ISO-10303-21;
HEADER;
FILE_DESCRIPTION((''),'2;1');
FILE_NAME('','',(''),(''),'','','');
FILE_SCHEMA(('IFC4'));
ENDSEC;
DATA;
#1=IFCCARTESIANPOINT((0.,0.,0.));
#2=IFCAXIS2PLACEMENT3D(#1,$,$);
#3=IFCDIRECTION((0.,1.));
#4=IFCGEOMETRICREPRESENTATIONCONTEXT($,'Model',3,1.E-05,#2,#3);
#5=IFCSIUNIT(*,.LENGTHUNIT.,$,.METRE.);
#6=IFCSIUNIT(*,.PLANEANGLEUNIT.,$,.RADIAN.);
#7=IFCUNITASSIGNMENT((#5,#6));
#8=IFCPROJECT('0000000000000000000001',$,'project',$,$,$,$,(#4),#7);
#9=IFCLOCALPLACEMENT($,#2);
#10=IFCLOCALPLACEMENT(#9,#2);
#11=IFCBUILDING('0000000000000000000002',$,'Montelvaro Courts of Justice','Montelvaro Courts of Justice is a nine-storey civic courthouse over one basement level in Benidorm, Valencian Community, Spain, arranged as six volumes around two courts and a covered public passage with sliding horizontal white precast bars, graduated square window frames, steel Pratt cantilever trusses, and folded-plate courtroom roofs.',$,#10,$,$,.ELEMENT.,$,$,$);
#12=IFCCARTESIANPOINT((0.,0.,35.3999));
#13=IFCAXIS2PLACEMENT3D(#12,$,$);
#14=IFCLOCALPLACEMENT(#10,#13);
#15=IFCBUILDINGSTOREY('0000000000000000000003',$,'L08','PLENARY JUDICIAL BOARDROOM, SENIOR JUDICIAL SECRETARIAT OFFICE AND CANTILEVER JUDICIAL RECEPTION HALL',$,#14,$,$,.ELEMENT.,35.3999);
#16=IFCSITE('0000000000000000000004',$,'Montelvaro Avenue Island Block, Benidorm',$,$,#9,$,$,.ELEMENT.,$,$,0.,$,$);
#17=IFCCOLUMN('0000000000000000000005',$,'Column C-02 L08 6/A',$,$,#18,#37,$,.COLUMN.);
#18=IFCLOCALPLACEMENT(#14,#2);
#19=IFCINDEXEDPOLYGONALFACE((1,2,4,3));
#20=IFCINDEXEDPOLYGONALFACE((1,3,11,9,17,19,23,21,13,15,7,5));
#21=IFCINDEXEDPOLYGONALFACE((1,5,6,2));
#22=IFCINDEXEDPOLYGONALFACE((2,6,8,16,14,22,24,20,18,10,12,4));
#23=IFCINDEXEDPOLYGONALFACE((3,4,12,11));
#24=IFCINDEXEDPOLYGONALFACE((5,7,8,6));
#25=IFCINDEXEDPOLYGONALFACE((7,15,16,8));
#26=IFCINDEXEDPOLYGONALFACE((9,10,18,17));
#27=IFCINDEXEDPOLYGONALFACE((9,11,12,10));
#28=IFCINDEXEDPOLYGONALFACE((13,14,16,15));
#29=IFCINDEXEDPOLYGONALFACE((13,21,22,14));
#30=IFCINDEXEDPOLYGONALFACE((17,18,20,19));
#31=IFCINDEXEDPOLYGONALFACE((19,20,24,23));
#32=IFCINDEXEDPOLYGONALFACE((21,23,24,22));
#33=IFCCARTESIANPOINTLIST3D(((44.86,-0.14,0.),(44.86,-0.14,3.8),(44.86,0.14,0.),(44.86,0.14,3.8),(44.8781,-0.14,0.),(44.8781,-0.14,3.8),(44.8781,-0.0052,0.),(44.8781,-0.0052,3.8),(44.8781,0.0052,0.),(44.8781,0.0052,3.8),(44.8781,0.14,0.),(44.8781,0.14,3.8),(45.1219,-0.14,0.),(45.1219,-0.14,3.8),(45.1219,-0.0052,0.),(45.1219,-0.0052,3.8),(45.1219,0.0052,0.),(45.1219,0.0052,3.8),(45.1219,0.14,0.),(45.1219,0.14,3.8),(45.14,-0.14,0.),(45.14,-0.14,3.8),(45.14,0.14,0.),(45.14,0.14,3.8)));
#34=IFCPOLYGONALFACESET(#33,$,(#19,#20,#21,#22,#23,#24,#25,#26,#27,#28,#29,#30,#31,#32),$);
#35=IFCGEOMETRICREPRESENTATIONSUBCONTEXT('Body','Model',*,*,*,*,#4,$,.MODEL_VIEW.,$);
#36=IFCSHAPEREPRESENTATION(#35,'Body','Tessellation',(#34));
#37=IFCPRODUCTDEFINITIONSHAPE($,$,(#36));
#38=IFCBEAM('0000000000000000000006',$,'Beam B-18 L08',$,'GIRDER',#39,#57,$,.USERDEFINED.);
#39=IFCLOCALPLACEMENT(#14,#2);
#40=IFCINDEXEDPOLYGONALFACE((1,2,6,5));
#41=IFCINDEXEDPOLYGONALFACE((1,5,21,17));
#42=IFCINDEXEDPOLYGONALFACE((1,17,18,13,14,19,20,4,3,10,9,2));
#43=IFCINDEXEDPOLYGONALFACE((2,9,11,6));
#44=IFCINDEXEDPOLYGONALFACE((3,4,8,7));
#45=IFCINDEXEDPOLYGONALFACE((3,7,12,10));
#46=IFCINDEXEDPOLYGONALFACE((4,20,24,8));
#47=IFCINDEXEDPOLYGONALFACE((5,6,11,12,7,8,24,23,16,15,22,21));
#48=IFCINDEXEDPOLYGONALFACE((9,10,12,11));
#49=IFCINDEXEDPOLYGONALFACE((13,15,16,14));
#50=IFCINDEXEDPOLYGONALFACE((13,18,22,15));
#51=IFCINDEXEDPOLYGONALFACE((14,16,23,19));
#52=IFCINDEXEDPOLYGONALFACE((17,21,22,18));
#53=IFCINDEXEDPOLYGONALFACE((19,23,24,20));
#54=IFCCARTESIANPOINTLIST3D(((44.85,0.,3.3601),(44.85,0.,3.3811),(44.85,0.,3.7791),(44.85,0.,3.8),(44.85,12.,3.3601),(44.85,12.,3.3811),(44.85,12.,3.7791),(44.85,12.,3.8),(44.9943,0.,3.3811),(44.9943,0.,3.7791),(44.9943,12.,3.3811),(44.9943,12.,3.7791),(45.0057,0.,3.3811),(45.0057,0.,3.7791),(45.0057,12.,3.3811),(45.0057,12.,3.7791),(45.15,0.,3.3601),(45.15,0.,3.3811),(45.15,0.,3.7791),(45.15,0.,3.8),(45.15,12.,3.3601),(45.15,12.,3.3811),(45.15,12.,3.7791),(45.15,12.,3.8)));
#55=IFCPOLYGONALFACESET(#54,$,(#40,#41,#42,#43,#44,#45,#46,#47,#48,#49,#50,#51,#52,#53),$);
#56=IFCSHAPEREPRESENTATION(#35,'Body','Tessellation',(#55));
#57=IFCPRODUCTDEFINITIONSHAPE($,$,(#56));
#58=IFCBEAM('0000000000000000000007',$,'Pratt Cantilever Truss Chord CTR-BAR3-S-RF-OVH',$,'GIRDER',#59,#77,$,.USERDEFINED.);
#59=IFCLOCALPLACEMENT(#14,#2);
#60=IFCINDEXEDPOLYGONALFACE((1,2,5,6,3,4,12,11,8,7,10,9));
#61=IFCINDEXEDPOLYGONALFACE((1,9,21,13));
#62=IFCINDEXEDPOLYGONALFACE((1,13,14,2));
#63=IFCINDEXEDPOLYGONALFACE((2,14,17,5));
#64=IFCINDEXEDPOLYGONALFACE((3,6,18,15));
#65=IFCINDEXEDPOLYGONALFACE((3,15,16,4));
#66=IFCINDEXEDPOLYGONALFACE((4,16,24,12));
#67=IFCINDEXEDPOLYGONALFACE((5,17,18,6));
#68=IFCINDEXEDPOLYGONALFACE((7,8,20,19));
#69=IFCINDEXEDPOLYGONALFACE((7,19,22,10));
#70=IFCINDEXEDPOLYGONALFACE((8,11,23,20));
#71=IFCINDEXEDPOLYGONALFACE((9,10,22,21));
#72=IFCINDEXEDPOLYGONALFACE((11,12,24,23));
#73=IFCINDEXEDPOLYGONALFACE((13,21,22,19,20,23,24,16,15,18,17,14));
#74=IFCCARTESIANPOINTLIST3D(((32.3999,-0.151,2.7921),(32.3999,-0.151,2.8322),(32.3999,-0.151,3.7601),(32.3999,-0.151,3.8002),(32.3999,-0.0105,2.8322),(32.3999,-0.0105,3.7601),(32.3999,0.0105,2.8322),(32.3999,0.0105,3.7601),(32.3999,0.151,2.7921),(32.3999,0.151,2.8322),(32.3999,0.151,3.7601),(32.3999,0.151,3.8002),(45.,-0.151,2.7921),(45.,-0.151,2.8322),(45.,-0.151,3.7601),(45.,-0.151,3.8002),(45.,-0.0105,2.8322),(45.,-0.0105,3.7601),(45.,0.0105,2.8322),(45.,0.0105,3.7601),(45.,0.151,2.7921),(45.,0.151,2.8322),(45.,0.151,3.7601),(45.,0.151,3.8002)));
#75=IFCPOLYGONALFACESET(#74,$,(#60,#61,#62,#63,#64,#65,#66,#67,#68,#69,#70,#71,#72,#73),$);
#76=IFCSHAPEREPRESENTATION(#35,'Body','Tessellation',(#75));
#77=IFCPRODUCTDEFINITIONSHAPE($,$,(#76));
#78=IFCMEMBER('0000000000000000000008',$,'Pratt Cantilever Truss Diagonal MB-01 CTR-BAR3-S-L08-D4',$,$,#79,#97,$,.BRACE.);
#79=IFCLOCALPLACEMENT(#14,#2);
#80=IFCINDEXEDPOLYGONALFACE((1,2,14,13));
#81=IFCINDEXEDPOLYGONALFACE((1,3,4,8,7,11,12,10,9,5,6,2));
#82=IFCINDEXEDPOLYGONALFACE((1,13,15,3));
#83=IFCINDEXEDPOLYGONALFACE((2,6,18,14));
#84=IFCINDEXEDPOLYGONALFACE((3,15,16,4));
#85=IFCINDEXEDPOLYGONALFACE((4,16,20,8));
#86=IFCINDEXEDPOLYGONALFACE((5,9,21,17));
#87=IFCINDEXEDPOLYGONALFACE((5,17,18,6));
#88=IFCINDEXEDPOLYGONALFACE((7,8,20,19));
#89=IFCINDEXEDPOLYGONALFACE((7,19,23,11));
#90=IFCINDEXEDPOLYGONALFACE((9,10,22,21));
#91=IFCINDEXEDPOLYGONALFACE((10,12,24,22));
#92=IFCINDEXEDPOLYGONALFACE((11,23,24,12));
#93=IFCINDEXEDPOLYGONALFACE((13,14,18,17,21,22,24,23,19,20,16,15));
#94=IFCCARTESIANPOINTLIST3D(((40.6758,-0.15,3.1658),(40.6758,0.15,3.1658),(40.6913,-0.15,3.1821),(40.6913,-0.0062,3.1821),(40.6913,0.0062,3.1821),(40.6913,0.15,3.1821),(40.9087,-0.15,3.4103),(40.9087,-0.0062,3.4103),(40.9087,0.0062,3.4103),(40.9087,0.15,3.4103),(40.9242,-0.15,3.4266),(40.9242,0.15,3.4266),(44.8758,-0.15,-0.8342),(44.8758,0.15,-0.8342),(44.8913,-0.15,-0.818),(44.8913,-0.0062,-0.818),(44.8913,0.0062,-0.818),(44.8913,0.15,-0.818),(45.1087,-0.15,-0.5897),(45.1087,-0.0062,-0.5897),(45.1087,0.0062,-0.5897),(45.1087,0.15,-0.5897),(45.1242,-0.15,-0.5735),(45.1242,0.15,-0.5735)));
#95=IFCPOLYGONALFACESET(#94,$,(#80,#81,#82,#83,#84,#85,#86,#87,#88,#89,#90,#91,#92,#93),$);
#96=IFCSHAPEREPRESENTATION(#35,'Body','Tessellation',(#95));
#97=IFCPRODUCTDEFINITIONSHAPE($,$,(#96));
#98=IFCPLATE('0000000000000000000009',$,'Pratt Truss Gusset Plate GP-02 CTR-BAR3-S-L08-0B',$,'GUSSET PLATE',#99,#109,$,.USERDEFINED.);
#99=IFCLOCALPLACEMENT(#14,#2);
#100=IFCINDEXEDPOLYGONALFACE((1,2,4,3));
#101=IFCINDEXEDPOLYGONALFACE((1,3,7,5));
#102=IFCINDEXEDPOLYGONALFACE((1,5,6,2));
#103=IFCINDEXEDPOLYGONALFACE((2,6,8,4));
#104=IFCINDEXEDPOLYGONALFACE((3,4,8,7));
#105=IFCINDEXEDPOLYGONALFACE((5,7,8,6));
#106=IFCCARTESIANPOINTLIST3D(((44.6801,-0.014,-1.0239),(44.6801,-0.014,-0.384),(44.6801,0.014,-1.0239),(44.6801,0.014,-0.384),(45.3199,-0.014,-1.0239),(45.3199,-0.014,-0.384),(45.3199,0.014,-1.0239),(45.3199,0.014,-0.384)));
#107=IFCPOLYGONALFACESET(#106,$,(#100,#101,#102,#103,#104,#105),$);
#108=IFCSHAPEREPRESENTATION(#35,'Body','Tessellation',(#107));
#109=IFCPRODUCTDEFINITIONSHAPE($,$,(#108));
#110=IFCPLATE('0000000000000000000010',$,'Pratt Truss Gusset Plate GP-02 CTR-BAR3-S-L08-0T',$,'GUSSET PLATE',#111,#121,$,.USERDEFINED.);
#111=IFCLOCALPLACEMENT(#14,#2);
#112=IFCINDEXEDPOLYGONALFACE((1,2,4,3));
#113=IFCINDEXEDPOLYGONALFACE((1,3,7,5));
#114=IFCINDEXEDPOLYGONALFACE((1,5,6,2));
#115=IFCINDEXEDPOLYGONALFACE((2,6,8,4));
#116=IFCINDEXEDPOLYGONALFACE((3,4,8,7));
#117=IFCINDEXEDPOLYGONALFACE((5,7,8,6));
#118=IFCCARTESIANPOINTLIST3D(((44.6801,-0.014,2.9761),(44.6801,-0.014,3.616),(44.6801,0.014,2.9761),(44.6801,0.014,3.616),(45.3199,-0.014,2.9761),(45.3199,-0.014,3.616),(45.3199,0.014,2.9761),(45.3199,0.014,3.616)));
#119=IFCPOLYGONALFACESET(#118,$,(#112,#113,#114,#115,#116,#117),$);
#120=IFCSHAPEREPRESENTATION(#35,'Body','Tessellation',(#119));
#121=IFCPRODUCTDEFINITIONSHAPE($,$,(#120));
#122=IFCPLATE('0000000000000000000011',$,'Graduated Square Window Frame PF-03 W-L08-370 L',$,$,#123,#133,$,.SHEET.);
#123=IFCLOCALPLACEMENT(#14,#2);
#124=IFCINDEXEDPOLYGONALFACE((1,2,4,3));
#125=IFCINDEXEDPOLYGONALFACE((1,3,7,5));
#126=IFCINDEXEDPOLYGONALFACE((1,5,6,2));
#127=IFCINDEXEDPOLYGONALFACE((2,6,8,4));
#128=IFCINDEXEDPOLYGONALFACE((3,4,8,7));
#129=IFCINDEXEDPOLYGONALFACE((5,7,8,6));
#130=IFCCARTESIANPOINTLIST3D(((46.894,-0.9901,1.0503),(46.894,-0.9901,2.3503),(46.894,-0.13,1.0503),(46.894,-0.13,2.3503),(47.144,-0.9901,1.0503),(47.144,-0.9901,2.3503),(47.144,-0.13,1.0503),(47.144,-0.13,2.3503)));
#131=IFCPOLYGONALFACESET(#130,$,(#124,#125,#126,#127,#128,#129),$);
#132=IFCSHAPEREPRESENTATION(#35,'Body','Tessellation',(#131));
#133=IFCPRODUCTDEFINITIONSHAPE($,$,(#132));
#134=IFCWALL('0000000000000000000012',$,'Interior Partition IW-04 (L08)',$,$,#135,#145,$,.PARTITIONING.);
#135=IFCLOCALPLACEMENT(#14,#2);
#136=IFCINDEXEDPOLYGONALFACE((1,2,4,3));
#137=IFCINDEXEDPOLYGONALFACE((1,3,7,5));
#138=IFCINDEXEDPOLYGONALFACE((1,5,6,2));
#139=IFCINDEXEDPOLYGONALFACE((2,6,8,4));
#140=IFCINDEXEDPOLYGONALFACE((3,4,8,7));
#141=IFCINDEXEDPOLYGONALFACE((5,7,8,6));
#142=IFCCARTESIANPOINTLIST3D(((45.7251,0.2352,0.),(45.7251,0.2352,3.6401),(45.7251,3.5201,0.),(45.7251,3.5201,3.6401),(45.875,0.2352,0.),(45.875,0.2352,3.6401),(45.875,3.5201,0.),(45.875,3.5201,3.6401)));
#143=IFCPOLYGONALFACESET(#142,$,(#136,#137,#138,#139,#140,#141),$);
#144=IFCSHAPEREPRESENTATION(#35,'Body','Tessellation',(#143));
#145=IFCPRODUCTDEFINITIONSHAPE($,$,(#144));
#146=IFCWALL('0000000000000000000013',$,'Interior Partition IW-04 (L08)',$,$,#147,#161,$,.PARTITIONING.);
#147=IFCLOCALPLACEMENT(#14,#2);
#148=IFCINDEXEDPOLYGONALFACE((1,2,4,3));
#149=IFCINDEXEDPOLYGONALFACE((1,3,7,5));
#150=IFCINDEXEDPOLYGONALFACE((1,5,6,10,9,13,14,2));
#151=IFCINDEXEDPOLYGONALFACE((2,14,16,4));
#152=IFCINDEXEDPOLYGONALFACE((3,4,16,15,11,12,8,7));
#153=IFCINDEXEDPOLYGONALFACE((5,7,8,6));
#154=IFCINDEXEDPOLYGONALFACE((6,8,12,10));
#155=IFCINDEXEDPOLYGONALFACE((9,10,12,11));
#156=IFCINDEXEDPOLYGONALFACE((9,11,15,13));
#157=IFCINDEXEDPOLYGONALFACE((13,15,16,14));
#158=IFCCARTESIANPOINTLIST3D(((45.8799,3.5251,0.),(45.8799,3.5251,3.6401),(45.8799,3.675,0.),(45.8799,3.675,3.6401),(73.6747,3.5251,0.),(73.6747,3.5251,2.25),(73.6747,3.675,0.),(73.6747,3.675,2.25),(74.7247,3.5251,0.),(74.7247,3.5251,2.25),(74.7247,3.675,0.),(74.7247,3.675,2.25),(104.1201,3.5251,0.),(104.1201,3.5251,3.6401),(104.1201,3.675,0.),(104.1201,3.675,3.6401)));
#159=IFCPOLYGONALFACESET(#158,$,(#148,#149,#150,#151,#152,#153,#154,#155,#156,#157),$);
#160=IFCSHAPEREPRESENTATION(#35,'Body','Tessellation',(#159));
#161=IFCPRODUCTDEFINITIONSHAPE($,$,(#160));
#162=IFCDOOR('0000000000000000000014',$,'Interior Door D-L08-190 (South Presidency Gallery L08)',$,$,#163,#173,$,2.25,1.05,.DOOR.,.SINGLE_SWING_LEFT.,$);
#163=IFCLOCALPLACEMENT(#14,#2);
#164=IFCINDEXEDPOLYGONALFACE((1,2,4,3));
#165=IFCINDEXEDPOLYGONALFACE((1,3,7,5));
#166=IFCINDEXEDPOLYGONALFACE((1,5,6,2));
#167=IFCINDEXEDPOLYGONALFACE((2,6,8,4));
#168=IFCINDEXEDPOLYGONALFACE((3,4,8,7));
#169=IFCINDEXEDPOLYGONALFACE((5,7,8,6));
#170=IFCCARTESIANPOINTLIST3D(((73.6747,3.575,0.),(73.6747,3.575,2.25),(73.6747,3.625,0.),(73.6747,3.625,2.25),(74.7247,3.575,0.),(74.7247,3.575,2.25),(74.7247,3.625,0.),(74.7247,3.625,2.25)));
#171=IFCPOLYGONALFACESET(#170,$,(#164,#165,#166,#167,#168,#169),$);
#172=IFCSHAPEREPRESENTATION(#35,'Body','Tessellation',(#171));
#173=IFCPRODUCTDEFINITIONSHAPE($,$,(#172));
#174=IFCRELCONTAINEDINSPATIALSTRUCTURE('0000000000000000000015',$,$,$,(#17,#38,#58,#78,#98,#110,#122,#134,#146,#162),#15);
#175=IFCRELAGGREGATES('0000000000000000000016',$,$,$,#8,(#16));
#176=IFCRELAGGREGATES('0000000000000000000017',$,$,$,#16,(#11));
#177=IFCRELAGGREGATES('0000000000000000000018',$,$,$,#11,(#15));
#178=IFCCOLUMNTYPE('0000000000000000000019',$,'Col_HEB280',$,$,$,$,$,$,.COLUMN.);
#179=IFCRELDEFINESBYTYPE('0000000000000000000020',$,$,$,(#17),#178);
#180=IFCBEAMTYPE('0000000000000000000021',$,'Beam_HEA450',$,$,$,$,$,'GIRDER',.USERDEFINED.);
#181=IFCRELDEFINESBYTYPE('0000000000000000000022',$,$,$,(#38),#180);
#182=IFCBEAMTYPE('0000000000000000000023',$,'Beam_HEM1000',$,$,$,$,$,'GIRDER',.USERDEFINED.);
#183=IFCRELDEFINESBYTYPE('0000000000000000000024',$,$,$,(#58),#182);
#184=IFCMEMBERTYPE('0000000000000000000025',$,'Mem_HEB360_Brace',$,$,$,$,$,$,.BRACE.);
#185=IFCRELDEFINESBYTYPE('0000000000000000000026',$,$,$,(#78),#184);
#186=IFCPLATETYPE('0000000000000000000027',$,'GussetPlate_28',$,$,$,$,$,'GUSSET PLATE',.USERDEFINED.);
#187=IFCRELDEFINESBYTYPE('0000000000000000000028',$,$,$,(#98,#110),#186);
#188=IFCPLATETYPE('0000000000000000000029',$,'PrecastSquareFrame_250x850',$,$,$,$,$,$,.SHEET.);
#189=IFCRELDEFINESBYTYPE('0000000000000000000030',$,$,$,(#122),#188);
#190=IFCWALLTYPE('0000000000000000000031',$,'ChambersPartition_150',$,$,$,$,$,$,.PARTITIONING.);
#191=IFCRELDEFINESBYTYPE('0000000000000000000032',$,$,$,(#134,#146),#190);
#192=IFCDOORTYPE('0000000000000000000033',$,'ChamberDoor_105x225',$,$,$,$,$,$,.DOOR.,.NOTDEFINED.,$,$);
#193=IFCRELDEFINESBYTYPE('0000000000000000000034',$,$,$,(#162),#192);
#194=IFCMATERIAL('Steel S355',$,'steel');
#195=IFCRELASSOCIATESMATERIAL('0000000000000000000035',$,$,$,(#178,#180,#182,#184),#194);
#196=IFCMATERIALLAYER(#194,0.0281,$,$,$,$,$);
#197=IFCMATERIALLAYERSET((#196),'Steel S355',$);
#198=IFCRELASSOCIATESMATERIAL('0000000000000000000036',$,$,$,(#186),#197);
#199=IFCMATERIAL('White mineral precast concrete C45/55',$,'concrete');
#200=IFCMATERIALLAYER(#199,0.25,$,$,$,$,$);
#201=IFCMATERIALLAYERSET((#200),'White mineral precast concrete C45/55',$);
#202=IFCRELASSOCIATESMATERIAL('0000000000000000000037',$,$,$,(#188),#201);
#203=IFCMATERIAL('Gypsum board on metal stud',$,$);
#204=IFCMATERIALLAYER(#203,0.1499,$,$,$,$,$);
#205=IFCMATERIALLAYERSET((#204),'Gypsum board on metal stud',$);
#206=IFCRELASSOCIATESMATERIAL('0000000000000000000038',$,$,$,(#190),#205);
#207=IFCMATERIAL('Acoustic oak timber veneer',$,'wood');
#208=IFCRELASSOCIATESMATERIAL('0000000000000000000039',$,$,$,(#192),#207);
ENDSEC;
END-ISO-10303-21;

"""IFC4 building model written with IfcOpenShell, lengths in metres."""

from ifc_helpers import new_model, si_unit, direction, frame, frame_2d, origin, origin_2d, place, context, subcontext, project, spatial, rectangle, i_section, extrude, material, layer, layer_set, material_profile, profile_set, type_object, element, fill, save


model = new_model("IFC4")

# Units and contexts
model_context = context("Model", 3, precision=1e-05, world=origin(), true_north=direction((0.0, 1.0)))
body_context = subcontext(model_context, "Body", "Model", "MODEL_VIEW")
ifc_project = project(units=[si_unit("LENGTHUNIT", "METRE"), si_unit("PLANEANGLEUNIT", "RADIAN")], contexts=[model_context])

# Site, building, storey
site_placement = place(None, origin())
site = spatial("IfcSite", under=ifc_project, at=site_placement, Name="Montelvaro Avenue Island Block, Benidorm", CompositionType="ELEMENT", RefElevation=0.0)
building_placement = place(site_placement, origin())
building = spatial("IfcBuilding", under=site, at=building_placement, Name="Montelvaro Courts of Justice", Description="Montelvaro Courts of Justice is a nine-storey civic courthouse over one basement level in Benidorm, Valencian Community, Spain, arranged as six volumes around two courts and a covered public passage with sliding horizontal white precast bars, graduated square window frames, steel Pratt cantilever trusses, and folded-plate courtroom roofs.", CompositionType="ELEMENT")
storey_placement = place(building_placement, frame((0.0, 0.0, 35.3999)))
storey = spatial("IfcBuildingStorey", under=building, at=storey_placement, Name="L08", Description="PLENARY JUDICIAL BOARDROOM, SENIOR JUDICIAL SECRETARIAT OFFICE AND CANTILEVER JUDICIAL RECEPTION HALL", CompositionType="ELEMENT", Elevation=35.3999)

# Column
ifc_material_1 = material(Name="Steel S355", Category="steel")
ifc_material_profile_1 = material_profile(ifc_material_1, i_section(OverallWidth=0.28, OverallDepth=0.28, WebThickness=0.0105, FlangeThickness=0.0181, at=origin_2d()), Name="HEB 280")
ifc_profile_set_1 = profile_set([ifc_material_profile_1], Name="Steel S355")
column_type = type_object("IfcColumnType", Name="Col_HEB280", PredefinedType="COLUMN", material=ifc_profile_set_1)
column_placement = place(storey_placement, frame((45.0, 0.0, 0.0), z_axis=(0.0, 0.0, 1.0), x_axis=(0.0, 1.0, 0.0)))
element("IfcColumn", 1, at=column_placement, inside=storey, type_object=column_type, Name="Column C-02 L08 6/A", PredefinedType="COLUMN", context=body_context, shape_type="SweptSolid", body=[
    extrude(i_section(OverallWidth=0.28, OverallDepth=0.28, WebThickness=0.0105, FlangeThickness=0.0181, at=origin_2d()), origin(), (0.0, 0.0, 1.0), 3.8),
])

# Beams
ifc_material_profile_2 = material_profile(ifc_material_1, i_section(OverallWidth=0.3, OverallDepth=0.4399, WebThickness=0.0115, FlangeThickness=0.021, at=origin_2d()), Name="HEA 450")
ifc_profile_set_2 = profile_set([ifc_material_profile_2], Name="Steel S355")
beam_type_1 = type_object("IfcBeamType", Name="Beam_HEA450", ElementType="GIRDER", PredefinedType="USERDEFINED", material=ifc_profile_set_2)
beam_1_placement = place(storey_placement, frame((45.0, 0.0, 3.5801), z_axis=(0.0, 1.0, 0.0), x_axis=(-1.0, 0.0, 0.0)))
element("IfcBeam", 2, at=beam_1_placement, inside=storey, type_object=beam_type_1, Name="Beam B-18 L08", ObjectType="GIRDER", PredefinedType="USERDEFINED", context=body_context, shape_type="SweptSolid", body=[
    extrude(i_section(OverallWidth=0.3, OverallDepth=0.4399, WebThickness=0.0115, FlangeThickness=0.021, at=origin_2d()), origin(), (0.0, 0.0, 1.0), 12.0),
])
ifc_material_profile_3 = material_profile(ifc_material_1, i_section(OverallWidth=0.302, OverallDepth=1.0081, WebThickness=0.021, FlangeThickness=0.04, at=origin_2d()), Name="HEM 1000")
ifc_profile_set_3 = profile_set([ifc_material_profile_3], Name="Steel S355")
beam_type_2 = type_object("IfcBeamType", Name="Beam_HEM1000", ElementType="GIRDER", PredefinedType="USERDEFINED", material=ifc_profile_set_3)
beam_2_placement = place(storey_placement, frame((45.0, 0.0, 3.2961), z_axis=(-1.0, 0.0, 0.0), x_axis=(0.0, -1.0, 0.0)))
element("IfcBeam", 3, at=beam_2_placement, inside=storey, type_object=beam_type_2, Name="Pratt Cantilever Truss Chord CTR-BAR3-S-RF-OVH", ObjectType="GIRDER", PredefinedType="USERDEFINED", context=body_context, shape_type="SweptSolid", body=[
    extrude(i_section(OverallWidth=0.302, OverallDepth=1.0081, WebThickness=0.021, FlangeThickness=0.04, at=origin_2d()), origin(), (0.0, 0.0, 1.0), 12.6001),
])

# Member
ifc_material_profile_4 = material_profile(ifc_material_1, i_section(OverallWidth=0.3, OverallDepth=0.3601, WebThickness=0.0125, FlangeThickness=0.0225, at=origin_2d()), Name="HEB 360")
ifc_profile_set_4 = profile_set([ifc_material_profile_4], Name="Steel S355")
member_type = type_object("IfcMemberType", Name="Mem_HEB360_Brace", PredefinedType="BRACE", material=ifc_profile_set_4)
member_placement = place(storey_placement, frame((45.0, 0.0, -0.7039), z_axis=(-0.724134, 0.0, 0.689659), x_axis=(0.0, -1.0, 0.0)))
element("IfcMember", 4, at=member_placement, inside=storey, type_object=member_type, Name="Pratt Cantilever Truss Diagonal MB-01 CTR-BAR3-S-L08-D4", PredefinedType="BRACE", context=body_context, shape_type="SweptSolid", body=[
    extrude(i_section(OverallWidth=0.3, OverallDepth=0.3601, WebThickness=0.0125, FlangeThickness=0.0225, at=origin_2d()), origin(), (0.0, 0.0, 1.0), 5.8),
])

# Plates
ifc_layer_1 = layer(ifc_material_1, 0.0281)
ifc_layer_set_1 = layer_set([ifc_layer_1], Name="Steel S355")
plate_type_1 = type_object("IfcPlateType", Name="GussetPlate_28", ElementType="GUSSET PLATE", PredefinedType="USERDEFINED", material=ifc_layer_set_1)
for number, where, z_axis, x_axis, name in (
    (5, (45.0, 0.0, -1.0239), (0.0, 0.0, 1.0), (1.0, 0.0, 0.0), "Pratt Truss Gusset Plate GP-02 CTR-BAR3-S-L08-0B"),
    (6, (45.0, 0.0, 2.9761), (0.0, 0.0, 1.0), (1.0, 0.0, 0.0), "Pratt Truss Gusset Plate GP-02 CTR-BAR3-S-L08-0T"),
):
    element("IfcPlate", number, at=place(storey_placement, frame(where, z_axis=z_axis, x_axis=x_axis)), inside=storey, type_object=plate_type_1, Name=name, ObjectType="GUSSET PLATE", PredefinedType="USERDEFINED", context=body_context, shape_type="SweptSolid", body=[
        extrude(rectangle(XDim=0.6399, YDim=0.0281, at=origin_2d()), origin(), (0.0, 0.0, 1.0), 0.6399),
    ])
ifc_material_2 = material(Name="White mineral precast concrete C45/55", Category="concrete")
ifc_layer_2 = layer(ifc_material_2, 0.25)
ifc_layer_set_2 = layer_set([ifc_layer_2], Name="White mineral precast concrete C45/55")
plate_type_2 = type_object("IfcPlateType", Name="PrecastSquareFrame_250x850", PredefinedType="SHEET", material=ifc_layer_set_2)
plate_placement = place(storey_placement, frame((47.019, -0.5601, 1.0503), z_axis=(0.0, 0.0, 1.0), x_axis=(1.0, 0.0, 0.0)))
element("IfcPlate", 7, at=plate_placement, inside=storey, type_object=plate_type_2, Name="Graduated Square Window Frame PF-03 W-L08-370 L", PredefinedType="SHEET", context=body_context, shape_type="SweptSolid", body=[
    extrude(rectangle(XDim=0.25, YDim=0.8601, at=origin_2d()), origin(), (0.0, 0.0, 1.0), 1.3),
])

# Wall
ifc_material_3 = material(Name="Gypsum board on metal stud")
ifc_layer_3 = layer(ifc_material_3, 0.1499)
ifc_layer_set_3 = layer_set([ifc_layer_3], Name="Gypsum board on metal stud")
wall_type_1 = type_object("IfcWallType", Name="ChambersPartition_150", PredefinedType="PARTITIONING", material=ifc_layer_set_3)
wall_1_placement = place(storey_placement, frame((45.8, 0.2351, 0.0), z_axis=(0.0, 0.0, 1.0), x_axis=(0.0, 1.0, 0.0)))
element("IfcWall", 8, at=wall_1_placement, inside=storey, type_object=wall_type_1, Name="Interior Partition IW-04 (L08)", PredefinedType="PARTITIONING", context=body_context, shape_type="SweptSolid", body=[
    extrude(rectangle(XDim=3.2849, YDim=0.1499, at=frame_2d((1.6426, 0.0))), origin(), (0.0, 0.0, 1.0), 3.6401),
])

# Wall, opening, door
wall_2_placement = place(storey_placement, frame((45.8799, 3.6001, 0.0), z_axis=(0.0, 0.0, 1.0), x_axis=(1.0, 0.0, 0.0)))
wall_2 = element("IfcWall", 9, at=wall_2_placement, inside=storey, type_object=wall_type_1, Name="Interior Partition IW-04 (L08)", PredefinedType="PARTITIONING", context=body_context, shape_type="SweptSolid", body=[
    extrude(rectangle(XDim=58.2402, YDim=0.1499, at=frame_2d((29.1201, 0.0))), origin(), (0.0, 0.0, 1.0), 3.6401),
])
opening_1_placement = place(wall_2_placement, frame((27.7949, 0.0, 0.0)))
opening_1 = element("IfcOpeningElement", 10, at=opening_1_placement, cuts=wall_2, PredefinedType="OPENING", context=body_context, shape_type="SweptSolid", body=[
    extrude(rectangle(XDim=1.05, YDim=2.25, at=frame_2d((0.5249, 1.125))), frame((0.0, 0.0898, 0.0), z_axis=(0.0, -1.0, 0.0), x_axis=(1.0, 0.0, 0.0)), (0.0, 0.0, 1.0), 0.1797),
])
ifc_material_4 = material(Name="Acoustic oak timber veneer", Category="wood")
door_type = type_object("IfcDoorType", Name="ChamberDoor_105x225", OperationType="NOTDEFINED", PredefinedType="DOOR", material=ifc_material_4)
door_placement = place(opening_1_placement, origin())
door = element("IfcDoor", 11, at=door_placement, inside=storey, type_object=door_type, Name="Interior Door D-L08-190 (South Presidency Gallery L08)", OperationType="SINGLE_SWING_LEFT", OverallHeight=2.25, OverallWidth=1.05, PredefinedType="DOOR", context=body_context, shape_type="SweptSolid", body=[
    extrude(rectangle(XDim=1.05, YDim=2.25, at=frame_2d((0.5249, 1.125))), frame((0.0, 0.0249, 0.0), z_axis=(0.0, -1.0, 0.0), x_axis=(1.0, 0.0, 0.0)), (0.0, 0.0, 1.0), 0.05),
])
fill(opening_1, door)

save(model, "model.ifc")
